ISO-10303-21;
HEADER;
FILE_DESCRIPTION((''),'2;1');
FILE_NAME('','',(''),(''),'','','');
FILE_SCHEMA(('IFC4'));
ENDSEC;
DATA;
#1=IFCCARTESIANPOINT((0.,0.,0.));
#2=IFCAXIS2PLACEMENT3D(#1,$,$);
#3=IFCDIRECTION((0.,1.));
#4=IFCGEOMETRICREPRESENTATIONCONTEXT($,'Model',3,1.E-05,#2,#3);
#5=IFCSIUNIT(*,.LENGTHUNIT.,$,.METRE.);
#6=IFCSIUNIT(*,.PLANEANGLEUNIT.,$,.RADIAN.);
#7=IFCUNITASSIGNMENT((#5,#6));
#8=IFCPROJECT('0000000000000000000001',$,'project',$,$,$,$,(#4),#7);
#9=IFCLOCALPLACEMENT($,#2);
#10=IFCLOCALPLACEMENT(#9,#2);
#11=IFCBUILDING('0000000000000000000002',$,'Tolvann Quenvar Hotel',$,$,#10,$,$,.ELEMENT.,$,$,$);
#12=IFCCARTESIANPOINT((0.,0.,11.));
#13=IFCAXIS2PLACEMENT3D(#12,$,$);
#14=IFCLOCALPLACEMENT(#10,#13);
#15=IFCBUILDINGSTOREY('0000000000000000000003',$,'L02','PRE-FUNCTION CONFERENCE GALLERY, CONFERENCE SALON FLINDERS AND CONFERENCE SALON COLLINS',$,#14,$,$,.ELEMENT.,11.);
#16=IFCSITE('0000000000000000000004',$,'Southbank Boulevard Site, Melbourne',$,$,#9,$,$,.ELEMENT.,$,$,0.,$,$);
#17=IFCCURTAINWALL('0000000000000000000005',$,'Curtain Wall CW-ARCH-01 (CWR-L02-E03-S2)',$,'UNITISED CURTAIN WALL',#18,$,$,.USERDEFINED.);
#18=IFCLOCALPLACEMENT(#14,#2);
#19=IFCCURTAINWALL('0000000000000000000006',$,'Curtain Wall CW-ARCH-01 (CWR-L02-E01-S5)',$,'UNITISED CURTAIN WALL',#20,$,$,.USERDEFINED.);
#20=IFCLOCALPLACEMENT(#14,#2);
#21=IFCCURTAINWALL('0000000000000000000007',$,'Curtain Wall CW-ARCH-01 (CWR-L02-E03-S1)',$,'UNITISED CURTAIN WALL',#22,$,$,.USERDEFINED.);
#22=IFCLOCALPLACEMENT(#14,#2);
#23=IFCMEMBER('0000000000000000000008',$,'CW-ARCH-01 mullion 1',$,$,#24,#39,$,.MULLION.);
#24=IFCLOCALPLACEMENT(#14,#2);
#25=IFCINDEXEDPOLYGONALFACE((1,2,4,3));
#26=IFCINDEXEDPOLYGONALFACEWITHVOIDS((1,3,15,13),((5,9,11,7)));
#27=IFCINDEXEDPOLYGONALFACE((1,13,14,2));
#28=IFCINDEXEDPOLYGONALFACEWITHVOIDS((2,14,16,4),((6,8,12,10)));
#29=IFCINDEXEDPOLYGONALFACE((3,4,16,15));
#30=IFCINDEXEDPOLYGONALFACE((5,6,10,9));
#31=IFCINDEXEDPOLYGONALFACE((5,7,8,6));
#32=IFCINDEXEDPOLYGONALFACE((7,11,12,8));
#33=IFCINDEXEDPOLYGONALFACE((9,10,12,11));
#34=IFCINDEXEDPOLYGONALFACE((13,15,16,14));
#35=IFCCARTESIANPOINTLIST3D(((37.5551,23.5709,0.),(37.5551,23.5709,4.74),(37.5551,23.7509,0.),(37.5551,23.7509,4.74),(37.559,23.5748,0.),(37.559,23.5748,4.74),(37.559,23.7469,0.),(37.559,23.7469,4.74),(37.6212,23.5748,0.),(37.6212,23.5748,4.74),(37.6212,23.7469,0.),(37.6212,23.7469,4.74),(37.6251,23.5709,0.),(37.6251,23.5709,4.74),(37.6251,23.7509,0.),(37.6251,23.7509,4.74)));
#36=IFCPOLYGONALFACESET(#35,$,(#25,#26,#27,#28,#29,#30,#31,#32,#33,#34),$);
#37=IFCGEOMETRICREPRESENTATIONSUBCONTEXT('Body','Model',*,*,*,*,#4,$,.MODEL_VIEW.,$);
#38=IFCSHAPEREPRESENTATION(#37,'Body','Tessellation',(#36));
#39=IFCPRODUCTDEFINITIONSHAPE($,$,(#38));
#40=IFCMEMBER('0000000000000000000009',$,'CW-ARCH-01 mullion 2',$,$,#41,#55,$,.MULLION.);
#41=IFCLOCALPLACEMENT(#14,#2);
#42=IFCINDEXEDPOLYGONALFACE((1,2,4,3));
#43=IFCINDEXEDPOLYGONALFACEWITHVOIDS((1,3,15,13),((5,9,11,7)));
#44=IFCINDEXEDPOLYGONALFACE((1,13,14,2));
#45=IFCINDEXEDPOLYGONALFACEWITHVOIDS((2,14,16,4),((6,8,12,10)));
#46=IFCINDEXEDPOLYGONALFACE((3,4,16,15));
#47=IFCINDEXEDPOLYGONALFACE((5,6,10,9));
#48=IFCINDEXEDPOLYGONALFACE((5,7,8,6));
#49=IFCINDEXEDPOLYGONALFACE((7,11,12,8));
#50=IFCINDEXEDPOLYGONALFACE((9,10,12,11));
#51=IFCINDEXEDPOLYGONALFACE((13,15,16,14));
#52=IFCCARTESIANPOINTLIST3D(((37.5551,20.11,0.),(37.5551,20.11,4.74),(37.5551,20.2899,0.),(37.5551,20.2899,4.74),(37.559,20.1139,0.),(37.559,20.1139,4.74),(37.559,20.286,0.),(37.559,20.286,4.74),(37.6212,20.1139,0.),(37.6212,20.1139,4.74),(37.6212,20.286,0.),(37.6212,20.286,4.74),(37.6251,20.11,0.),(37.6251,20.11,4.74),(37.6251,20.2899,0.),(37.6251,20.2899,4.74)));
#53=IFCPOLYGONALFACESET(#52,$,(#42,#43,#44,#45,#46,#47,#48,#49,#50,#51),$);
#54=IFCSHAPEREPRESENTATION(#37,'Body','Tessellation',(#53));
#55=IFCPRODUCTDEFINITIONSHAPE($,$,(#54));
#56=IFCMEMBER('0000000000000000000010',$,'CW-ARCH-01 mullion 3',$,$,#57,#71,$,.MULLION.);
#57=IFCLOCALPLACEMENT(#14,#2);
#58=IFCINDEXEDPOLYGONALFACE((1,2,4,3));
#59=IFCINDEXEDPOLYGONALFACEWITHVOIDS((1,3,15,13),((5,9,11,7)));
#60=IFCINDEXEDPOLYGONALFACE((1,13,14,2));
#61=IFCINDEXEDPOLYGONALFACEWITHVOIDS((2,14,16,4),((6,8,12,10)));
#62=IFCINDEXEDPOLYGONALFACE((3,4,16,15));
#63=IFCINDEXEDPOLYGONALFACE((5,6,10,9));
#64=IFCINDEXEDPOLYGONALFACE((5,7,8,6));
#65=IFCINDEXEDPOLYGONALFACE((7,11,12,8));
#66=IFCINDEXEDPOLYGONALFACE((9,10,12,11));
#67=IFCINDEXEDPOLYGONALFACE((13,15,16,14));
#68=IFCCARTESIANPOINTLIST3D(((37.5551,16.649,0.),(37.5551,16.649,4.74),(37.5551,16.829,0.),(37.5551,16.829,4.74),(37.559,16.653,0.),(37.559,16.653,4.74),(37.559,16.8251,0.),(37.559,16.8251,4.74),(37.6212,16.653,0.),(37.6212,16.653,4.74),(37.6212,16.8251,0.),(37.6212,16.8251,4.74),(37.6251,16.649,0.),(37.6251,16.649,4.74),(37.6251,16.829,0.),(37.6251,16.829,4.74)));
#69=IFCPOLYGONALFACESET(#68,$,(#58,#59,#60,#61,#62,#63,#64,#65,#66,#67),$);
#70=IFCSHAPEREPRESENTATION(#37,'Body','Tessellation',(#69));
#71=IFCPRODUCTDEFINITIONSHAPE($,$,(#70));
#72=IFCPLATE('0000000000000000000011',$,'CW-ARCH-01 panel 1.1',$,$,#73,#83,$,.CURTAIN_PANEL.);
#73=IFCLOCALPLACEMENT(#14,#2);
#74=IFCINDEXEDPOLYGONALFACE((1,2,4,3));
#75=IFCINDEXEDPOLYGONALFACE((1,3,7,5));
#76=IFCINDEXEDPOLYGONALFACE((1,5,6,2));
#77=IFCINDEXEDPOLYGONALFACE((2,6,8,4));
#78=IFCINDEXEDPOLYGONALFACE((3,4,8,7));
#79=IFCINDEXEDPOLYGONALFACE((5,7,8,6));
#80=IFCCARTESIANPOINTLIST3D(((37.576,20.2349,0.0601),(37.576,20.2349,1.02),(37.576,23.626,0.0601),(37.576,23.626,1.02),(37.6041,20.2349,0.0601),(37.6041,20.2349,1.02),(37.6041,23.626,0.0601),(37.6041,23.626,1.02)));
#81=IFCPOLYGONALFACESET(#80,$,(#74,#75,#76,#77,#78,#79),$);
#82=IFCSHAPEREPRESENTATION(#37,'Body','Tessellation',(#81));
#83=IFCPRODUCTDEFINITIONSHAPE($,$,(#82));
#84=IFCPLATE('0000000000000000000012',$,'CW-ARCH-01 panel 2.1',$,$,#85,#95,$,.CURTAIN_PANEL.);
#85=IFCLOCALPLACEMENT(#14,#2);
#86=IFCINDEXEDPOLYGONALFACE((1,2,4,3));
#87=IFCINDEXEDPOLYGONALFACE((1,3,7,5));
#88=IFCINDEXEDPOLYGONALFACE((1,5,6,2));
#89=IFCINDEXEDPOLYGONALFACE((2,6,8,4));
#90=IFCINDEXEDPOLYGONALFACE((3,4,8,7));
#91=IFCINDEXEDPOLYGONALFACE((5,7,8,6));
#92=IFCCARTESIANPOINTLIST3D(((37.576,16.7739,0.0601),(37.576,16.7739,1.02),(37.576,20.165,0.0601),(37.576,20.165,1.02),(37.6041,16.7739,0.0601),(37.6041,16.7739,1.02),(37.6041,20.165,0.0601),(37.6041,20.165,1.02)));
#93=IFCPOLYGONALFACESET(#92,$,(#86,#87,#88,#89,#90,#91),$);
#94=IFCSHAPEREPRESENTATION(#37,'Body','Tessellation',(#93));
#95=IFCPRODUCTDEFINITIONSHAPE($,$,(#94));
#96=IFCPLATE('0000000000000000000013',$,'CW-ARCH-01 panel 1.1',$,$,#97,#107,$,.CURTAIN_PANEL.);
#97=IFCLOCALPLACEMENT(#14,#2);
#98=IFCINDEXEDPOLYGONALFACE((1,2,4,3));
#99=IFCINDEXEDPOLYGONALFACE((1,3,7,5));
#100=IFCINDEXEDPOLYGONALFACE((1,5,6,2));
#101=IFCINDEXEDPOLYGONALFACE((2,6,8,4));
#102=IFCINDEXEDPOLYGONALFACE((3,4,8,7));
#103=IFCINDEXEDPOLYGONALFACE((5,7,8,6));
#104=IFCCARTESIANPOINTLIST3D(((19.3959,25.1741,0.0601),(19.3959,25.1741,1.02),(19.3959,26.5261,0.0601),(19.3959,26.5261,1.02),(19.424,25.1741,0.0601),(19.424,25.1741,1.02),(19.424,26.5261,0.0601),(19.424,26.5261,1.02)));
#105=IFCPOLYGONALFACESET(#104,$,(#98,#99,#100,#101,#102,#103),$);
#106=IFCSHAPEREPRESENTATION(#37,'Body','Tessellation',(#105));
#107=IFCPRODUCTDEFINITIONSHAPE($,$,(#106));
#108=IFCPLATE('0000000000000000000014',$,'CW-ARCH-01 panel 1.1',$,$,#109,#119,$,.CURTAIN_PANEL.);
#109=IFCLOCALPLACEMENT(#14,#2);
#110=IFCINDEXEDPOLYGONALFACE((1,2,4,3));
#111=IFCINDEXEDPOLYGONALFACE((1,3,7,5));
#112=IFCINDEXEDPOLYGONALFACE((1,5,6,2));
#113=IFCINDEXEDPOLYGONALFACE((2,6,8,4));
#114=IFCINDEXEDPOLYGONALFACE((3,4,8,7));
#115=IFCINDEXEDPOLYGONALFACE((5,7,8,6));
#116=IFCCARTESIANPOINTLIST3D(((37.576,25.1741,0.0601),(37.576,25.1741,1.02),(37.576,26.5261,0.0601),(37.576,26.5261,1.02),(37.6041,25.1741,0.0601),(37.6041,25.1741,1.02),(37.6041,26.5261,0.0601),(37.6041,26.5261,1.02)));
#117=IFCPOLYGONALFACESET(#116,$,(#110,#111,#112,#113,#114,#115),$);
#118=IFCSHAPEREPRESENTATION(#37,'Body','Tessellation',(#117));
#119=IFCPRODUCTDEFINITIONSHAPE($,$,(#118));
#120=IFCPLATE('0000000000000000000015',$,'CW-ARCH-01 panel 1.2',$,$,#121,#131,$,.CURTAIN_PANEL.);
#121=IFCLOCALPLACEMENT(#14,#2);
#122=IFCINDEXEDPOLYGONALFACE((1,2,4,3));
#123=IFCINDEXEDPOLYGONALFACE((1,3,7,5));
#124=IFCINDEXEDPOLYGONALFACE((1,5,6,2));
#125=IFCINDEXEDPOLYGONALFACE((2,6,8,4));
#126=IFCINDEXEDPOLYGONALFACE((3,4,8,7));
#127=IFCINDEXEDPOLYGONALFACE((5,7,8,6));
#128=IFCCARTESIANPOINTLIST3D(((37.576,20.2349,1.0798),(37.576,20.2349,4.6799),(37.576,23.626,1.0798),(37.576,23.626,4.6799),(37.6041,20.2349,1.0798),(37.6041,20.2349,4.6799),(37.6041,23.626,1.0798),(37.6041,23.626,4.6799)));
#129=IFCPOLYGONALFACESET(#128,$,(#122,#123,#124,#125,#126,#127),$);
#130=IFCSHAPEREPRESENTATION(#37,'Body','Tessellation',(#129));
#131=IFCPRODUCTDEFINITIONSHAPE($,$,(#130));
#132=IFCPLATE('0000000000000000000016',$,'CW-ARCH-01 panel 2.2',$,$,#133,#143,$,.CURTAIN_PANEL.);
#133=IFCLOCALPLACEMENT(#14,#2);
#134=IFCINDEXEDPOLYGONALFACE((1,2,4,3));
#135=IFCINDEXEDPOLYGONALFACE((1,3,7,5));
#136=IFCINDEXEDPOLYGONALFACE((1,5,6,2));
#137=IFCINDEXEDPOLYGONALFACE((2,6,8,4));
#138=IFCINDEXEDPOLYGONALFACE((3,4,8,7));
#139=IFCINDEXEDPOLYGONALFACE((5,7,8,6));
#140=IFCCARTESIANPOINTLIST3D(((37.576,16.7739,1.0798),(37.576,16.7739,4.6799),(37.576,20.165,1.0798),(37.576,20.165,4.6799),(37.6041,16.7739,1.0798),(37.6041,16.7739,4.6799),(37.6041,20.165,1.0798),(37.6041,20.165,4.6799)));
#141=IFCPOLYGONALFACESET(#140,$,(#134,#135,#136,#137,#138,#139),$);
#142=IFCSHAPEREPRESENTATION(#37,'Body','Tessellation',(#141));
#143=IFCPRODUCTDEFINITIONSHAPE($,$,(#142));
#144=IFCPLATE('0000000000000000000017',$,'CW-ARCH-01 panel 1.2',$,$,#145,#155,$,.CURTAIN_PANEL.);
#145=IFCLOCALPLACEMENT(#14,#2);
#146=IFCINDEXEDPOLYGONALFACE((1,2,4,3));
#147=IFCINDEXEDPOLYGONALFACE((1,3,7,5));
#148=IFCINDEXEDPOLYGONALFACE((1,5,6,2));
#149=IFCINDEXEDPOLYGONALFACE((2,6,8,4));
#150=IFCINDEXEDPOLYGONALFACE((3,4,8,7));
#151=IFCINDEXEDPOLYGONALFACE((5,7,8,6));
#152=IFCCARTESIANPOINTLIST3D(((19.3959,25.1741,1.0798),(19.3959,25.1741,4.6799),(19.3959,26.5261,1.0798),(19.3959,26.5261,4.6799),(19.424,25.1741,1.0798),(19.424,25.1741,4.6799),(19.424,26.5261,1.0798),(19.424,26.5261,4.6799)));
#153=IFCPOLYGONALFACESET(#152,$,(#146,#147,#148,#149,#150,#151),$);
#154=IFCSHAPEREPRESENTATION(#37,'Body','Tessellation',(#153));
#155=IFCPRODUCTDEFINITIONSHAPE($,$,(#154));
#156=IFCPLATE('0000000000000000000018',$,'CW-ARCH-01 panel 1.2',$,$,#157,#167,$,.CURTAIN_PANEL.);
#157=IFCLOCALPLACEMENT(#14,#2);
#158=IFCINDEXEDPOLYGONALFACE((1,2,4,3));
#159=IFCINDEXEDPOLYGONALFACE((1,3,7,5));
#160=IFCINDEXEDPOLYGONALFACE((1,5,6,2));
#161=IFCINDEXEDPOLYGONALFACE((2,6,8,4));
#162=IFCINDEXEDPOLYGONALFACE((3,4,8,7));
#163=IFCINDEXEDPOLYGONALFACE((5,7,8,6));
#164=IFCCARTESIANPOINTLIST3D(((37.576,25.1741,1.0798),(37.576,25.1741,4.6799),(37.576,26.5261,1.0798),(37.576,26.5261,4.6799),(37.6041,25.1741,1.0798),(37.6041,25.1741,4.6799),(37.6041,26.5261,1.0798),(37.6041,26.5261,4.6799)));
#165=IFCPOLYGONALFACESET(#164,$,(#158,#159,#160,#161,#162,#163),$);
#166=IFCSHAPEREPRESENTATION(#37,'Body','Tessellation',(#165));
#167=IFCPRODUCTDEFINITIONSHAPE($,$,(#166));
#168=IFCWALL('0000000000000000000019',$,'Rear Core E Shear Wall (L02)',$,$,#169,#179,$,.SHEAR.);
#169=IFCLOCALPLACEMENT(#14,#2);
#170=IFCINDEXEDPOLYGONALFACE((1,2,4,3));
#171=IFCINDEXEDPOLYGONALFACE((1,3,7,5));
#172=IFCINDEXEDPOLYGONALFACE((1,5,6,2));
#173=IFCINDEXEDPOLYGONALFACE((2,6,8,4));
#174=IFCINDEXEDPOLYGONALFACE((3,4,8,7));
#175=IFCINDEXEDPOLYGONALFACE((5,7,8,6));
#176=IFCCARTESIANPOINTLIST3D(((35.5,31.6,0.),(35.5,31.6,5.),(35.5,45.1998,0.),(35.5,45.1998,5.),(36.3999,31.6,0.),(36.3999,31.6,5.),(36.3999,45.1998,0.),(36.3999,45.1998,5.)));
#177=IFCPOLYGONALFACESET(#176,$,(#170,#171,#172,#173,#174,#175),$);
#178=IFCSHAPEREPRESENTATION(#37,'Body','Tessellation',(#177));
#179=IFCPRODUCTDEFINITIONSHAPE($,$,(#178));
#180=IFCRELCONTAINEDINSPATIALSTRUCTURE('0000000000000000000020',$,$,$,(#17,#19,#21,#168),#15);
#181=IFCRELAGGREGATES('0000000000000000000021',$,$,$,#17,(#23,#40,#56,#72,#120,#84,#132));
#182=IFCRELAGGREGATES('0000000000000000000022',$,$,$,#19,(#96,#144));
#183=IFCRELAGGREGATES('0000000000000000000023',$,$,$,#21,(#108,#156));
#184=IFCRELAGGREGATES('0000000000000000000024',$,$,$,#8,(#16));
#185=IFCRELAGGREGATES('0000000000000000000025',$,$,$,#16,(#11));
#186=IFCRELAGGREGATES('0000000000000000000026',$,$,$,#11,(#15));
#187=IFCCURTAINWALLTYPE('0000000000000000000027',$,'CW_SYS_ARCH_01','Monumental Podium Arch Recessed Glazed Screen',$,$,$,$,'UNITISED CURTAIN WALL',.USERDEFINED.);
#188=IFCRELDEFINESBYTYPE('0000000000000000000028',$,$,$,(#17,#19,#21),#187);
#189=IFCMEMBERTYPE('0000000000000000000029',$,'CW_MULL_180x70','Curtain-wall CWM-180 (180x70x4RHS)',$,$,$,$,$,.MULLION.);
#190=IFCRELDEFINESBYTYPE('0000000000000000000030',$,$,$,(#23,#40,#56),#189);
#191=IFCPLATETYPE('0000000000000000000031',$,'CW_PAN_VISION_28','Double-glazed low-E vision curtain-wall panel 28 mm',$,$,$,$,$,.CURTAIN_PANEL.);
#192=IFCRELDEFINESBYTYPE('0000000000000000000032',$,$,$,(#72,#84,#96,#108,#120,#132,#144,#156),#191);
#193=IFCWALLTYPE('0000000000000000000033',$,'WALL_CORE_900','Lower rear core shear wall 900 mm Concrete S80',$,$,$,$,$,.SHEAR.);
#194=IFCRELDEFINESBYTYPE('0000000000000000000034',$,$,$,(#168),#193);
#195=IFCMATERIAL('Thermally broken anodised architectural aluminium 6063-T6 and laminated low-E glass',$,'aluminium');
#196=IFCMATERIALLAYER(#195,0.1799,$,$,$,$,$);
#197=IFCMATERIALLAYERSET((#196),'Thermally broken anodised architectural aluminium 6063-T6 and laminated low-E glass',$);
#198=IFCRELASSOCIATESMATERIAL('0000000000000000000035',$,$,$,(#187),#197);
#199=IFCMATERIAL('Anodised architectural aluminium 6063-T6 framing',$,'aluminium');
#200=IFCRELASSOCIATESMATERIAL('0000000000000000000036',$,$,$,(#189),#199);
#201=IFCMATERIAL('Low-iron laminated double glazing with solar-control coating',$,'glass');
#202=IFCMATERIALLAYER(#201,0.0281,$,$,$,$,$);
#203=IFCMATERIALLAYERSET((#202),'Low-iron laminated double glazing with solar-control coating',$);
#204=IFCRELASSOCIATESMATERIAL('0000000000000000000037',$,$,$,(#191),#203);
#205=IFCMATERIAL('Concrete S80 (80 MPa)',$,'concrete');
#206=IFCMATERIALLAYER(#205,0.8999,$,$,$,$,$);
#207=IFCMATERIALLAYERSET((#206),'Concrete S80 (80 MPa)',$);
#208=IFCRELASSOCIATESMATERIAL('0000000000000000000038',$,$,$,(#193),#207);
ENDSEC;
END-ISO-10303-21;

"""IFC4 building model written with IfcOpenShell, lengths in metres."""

from ifc_helpers import new_model, si_unit, direction, frame, frame_2d, origin, origin_2d, place, context, subcontext, project, spatial, rectangle, hollow_rectangle, extrude, source, transform, mapped, material, layer, layer_set, material_profile, profile_set, type_object, type_shapes, element, aggregate, save


model = new_model("IFC4")

# Units and contexts
model_context = context("Model", 3, precision=1e-05, world=origin(), true_north=direction((0.0, 1.0)))
body_context = subcontext(model_context, "Body", "Model", "MODEL_VIEW")
ifc_project = project(units=[si_unit("LENGTHUNIT", "METRE"), si_unit("PLANEANGLEUNIT", "RADIAN")], contexts=[model_context])

# Site, building, storey
site_placement = place(None, origin())
site = spatial("IfcSite", under=ifc_project, at=site_placement, Name="Southbank Boulevard Site, Melbourne", CompositionType="ELEMENT", RefElevation=0.0)
building_placement = place(site_placement, origin())
building = spatial("IfcBuilding", under=site, at=building_placement, Name="Tolvann Quenvar Hotel", CompositionType="ELEMENT")
storey_placement = place(building_placement, frame((0.0, 0.0, 11.0)))
storey = spatial("IfcBuildingStorey", under=building, at=storey_placement, Name="L02", Description="PRE-FUNCTION CONFERENCE GALLERY, CONFERENCE SALON FLINDERS AND CONFERENCE SALON COLLINS", CompositionType="ELEMENT", Elevation=11.0)

# Shared definitions
ifc_material_1 = material(Name="Concrete S80 (80 MPa)", Category="concrete")

# Curtain walls
ifc_material_2 = material(Name="Thermally broken anodised architectural aluminium 6063-T6 and laminated low-E glass", Category="aluminium")
ifc_layer_1 = layer(ifc_material_2, 0.1799)
ifc_layer_set_1 = layer_set([ifc_layer_1], Name="Thermally broken anodised architectural aluminium 6063-T6 and laminated low-E glass")
curtain_wall_type = type_object("IfcCurtainWallType", Name="CW_SYS_ARCH_01", Description="Monumental Podium Arch Recessed Glazed Screen", ElementType="UNITISED CURTAIN WALL", PredefinedType="USERDEFINED", material=ifc_layer_set_1)
curtain_wall_1_placement = place(storey_placement, origin())
curtain_wall_1 = element("IfcCurtainWall", 1, at=curtain_wall_1_placement, inside=storey, type_object=curtain_wall_type, Name="Curtain Wall CW-ARCH-01 (CWR-L02-E03-S2)", ObjectType="UNITISED CURTAIN WALL", PredefinedType="USERDEFINED")
ifc_material_3 = material(Name="Anodised architectural aluminium 6063-T6 framing", Category="aluminium")
curtain_wall_2_placement = place(storey_placement, origin())
curtain_wall_2 = element("IfcCurtainWall", 2, at=curtain_wall_2_placement, inside=storey, type_object=curtain_wall_type, Name="Curtain Wall CW-ARCH-01 (CWR-L02-E01-S5)", ObjectType="UNITISED CURTAIN WALL", PredefinedType="USERDEFINED")
curtain_wall_3_placement = place(storey_placement, origin())
curtain_wall_3 = element("IfcCurtainWall", 3, at=curtain_wall_3_placement, inside=storey, type_object=curtain_wall_type, Name="Curtain Wall CW-ARCH-01 (CWR-L02-E03-S1)", ObjectType="UNITISED CURTAIN WALL", PredefinedType="USERDEFINED")
ifc_material_profile_1 = material_profile(ifc_material_3, hollow_rectangle(XDim=0.0701, YDim=0.1799, WallThickness=0.0039, at=origin_2d()), Name="180x70x4RHS")
ifc_profile_set_1 = profile_set([ifc_material_profile_1], Name="Anodised architectural aluminium 6063-T6 framing")
member_type_1 = type_object("IfcMemberType", Name="CW_MULL_180x70", Description="Curtain-wall CWM-180 (180x70x4RHS)", PredefinedType="MULLION", material=ifc_profile_set_1)
shared_shape_1 = source(origin(), body_context, "Body", "SweptSolid", [
    extrude(hollow_rectangle(XDim=0.0701, YDim=0.1799, WallThickness=0.0039, at=origin_2d()), origin(), (0.0, 0.0, 1.0), 4.74),
])
type_shapes(member_type_1, [shared_shape_1])

# Members
member_1_placement = place(storey_placement, frame((37.5901, 23.6609, 0.0), z_axis=(0.0, 0.0, 1.0), x_axis=(1.0, 0.0, 0.0)))
member_1 = element("IfcMember", 4, at=member_1_placement, type_object=member_type_1, Name="CW-ARCH-01 mullion 1", PredefinedType="MULLION", context=body_context, shape_type="MappedRepresentation", body=[
    mapped(shared_shape_1, transform((0.0, 0.0, 0.0), x_axis=(1.0, 0.0, 0.0), y_axis=(0.0, 1.0, 0.0), z_axis=(0.0, 0.0, 1.0), scale=1.0)),
])
member_2_placement = place(storey_placement, frame((37.5901, 20.2, 0.0), z_axis=(0.0, 0.0, 1.0), x_axis=(1.0, 0.0, 0.0)))
member_2 = element("IfcMember", 5, at=member_2_placement, type_object=member_type_1, Name="CW-ARCH-01 mullion 2", PredefinedType="MULLION", context=body_context, shape_type="MappedRepresentation", body=[
    mapped(shared_shape_1, transform((0.0, 0.0, 0.0), x_axis=(1.0, 0.0, 0.0), y_axis=(0.0, 1.0, 0.0), z_axis=(0.0, 0.0, 1.0), scale=1.0)),
])
member_3_placement = place(storey_placement, frame((37.5901, 16.739, 0.0), z_axis=(0.0, 0.0, 1.0), x_axis=(1.0, 0.0, 0.0)))
member_3 = element("IfcMember", 6, at=member_3_placement, type_object=member_type_1, Name="CW-ARCH-01 mullion 3", PredefinedType="MULLION", context=body_context, shape_type="MappedRepresentation", body=[
    mapped(shared_shape_1, transform((0.0, 0.0, 0.0), x_axis=(1.0, 0.0, 0.0), y_axis=(0.0, 1.0, 0.0), z_axis=(0.0, 0.0, 1.0), scale=1.0)),
])

# Plates
ifc_material_4 = material(Name="Low-iron laminated double glazing with solar-control coating", Category="glass")
ifc_layer_2 = layer(ifc_material_4, 0.0281)
ifc_layer_set_2 = layer_set([ifc_layer_2], Name="Low-iron laminated double glazing with solar-control coating")
plate_type = type_object("IfcPlateType", Name="CW_PAN_VISION_28", Description="Double-glazed low-E vision curtain-wall panel 28 mm", PredefinedType="CURTAIN_PANEL", material=ifc_layer_set_2)
shared_shape_2 = source(origin(), body_context, "Body", "SweptSolid", [
    extrude(rectangle(XDim=3.3911, YDim=0.0281, at=origin_2d()), origin(), (0.0, 0.0, 1.0), 0.96),
])
plate_1_placement = place(storey_placement, frame((37.5901, 21.9304, 0.0601), z_axis=(0.0, 0.0, 1.0), x_axis=(0.0, -1.0, 0.0)))
plate_1 = element("IfcPlate", 7, at=plate_1_placement, type_object=plate_type, Name="CW-ARCH-01 panel 1.1", PredefinedType="CURTAIN_PANEL", context=body_context, shape_type="MappedRepresentation", body=[
    mapped(shared_shape_2, transform((0.0, 0.0, 0.0), x_axis=(1.0, 0.0, 0.0), y_axis=(0.0, 1.0, 0.0), z_axis=(0.0, 0.0, 1.0), scale=1.0)),
])
plate_2_placement = place(storey_placement, frame((37.5901, 18.4695, 0.0601), z_axis=(0.0, 0.0, 1.0), x_axis=(0.0, -1.0, 0.0)))
plate_2 = element("IfcPlate", 8, at=plate_2_placement, type_object=plate_type, Name="CW-ARCH-01 panel 2.1", PredefinedType="CURTAIN_PANEL", context=body_context, shape_type="MappedRepresentation", body=[
    mapped(shared_shape_2, transform((0.0, 0.0, 0.0), x_axis=(1.0, 0.0, 0.0), y_axis=(0.0, 1.0, 0.0), z_axis=(0.0, 0.0, 1.0), scale=1.0)),
])
shared_shape_3 = source(origin(), body_context, "Body", "SweptSolid", [
    extrude(rectangle(XDim=1.3521, YDim=0.0281, at=origin_2d()), origin(), (0.0, 0.0, 1.0), 0.96),
])
plate_3_placement = place(storey_placement, frame((19.4099, 25.8501, 0.0601), z_axis=(0.0, 0.0, 1.0), x_axis=(0.0, 1.0, 0.0)))
plate_3 = element("IfcPlate", 9, at=plate_3_placement, type_object=plate_type, Name="CW-ARCH-01 panel 1.1", PredefinedType="CURTAIN_PANEL", context=body_context, shape_type="MappedRepresentation", body=[
    mapped(shared_shape_3, transform((0.0, 0.0, 0.0), x_axis=(1.0, 0.0, 0.0), y_axis=(0.0, 1.0, 0.0), z_axis=(0.0, 0.0, 1.0), scale=1.0)),
])
plate_4_placement = place(storey_placement, frame((37.5901, 25.8501, 0.0601), z_axis=(0.0, 0.0, 1.0), x_axis=(0.0, -1.0, 0.0)))
plate_4 = element("IfcPlate", 10, at=plate_4_placement, type_object=plate_type, Name="CW-ARCH-01 panel 1.1", PredefinedType="CURTAIN_PANEL", context=body_context, shape_type="MappedRepresentation", body=[
    mapped(shared_shape_3, transform((0.0, 0.0, 0.0), x_axis=(1.0, 0.0, 0.0), y_axis=(0.0, 1.0, 0.0), z_axis=(0.0, 0.0, 1.0), scale=1.0)),
])
shared_shape_4 = source(origin(), body_context, "Body", "SweptSolid", [
    extrude(rectangle(XDim=3.3911, YDim=0.0281, at=origin_2d()), origin(), (0.0, 0.0, 1.0), 3.6001),
])
plate_5_placement = place(storey_placement, frame((37.5901, 21.9304, 1.0798), z_axis=(0.0, 0.0, 1.0), x_axis=(0.0, -1.0, 0.0)))
plate_5 = element("IfcPlate", 11, at=plate_5_placement, type_object=plate_type, Name="CW-ARCH-01 panel 1.2", PredefinedType="CURTAIN_PANEL", context=body_context, shape_type="MappedRepresentation", body=[
    mapped(shared_shape_4, transform((0.0, 0.0, 0.0), x_axis=(1.0, 0.0, 0.0), y_axis=(0.0, 1.0, 0.0), z_axis=(0.0, 0.0, 1.0), scale=1.0)),
])
plate_6_placement = place(storey_placement, frame((37.5901, 18.4695, 1.0798), z_axis=(0.0, 0.0, 1.0), x_axis=(0.0, -1.0, 0.0)))
plate_6 = element("IfcPlate", 12, at=plate_6_placement, type_object=plate_type, Name="CW-ARCH-01 panel 2.2", PredefinedType="CURTAIN_PANEL", context=body_context, shape_type="MappedRepresentation", body=[
    mapped(shared_shape_4, transform((0.0, 0.0, 0.0), x_axis=(1.0, 0.0, 0.0), y_axis=(0.0, 1.0, 0.0), z_axis=(0.0, 0.0, 1.0), scale=1.0)),
])
aggregate(curtain_wall_1, [member_1, member_2, member_3, plate_1, plate_5, plate_2, plate_6])
shared_shape_5 = source(origin(), body_context, "Body", "SweptSolid", [
    extrude(rectangle(XDim=1.3521, YDim=0.0281, at=origin_2d()), origin(), (0.0, 0.0, 1.0), 3.6001),
])
type_shapes(plate_type, [shared_shape_2, shared_shape_3, shared_shape_4, shared_shape_5])
plate_7_placement = place(storey_placement, frame((19.4099, 25.8501, 1.0798), z_axis=(0.0, 0.0, 1.0), x_axis=(0.0, 1.0, 0.0)))
plate_7 = element("IfcPlate", 13, at=plate_7_placement, type_object=plate_type, Name="CW-ARCH-01 panel 1.2", PredefinedType="CURTAIN_PANEL", context=body_context, shape_type="MappedRepresentation", body=[
    mapped(shared_shape_5, transform((0.0, 0.0, 0.0), x_axis=(1.0, 0.0, 0.0), y_axis=(0.0, 1.0, 0.0), z_axis=(0.0, 0.0, 1.0), scale=1.0)),
])
aggregate(curtain_wall_2, [plate_3, plate_7])
plate_8_placement = place(storey_placement, frame((37.5901, 25.8501, 1.0798), z_axis=(0.0, 0.0, 1.0), x_axis=(0.0, -1.0, 0.0)))
plate_8 = element("IfcPlate", 14, at=plate_8_placement, type_object=plate_type, Name="CW-ARCH-01 panel 1.2", PredefinedType="CURTAIN_PANEL", context=body_context, shape_type="MappedRepresentation", body=[
    mapped(shared_shape_5, transform((0.0, 0.0, 0.0), x_axis=(1.0, 0.0, 0.0), y_axis=(0.0, 1.0, 0.0), z_axis=(0.0, 0.0, 1.0), scale=1.0)),
])
aggregate(curtain_wall_3, [plate_4, plate_8])

# Wall
ifc_layer_3 = layer(ifc_material_1, 0.8999)
ifc_layer_set_3 = layer_set([ifc_layer_3], Name="Concrete S80 (80 MPa)")
wall_type_1 = type_object("IfcWallType", Name="WALL_CORE_900", Description="Lower rear core shear wall 900 mm Concrete S80", PredefinedType="SHEAR", material=ifc_layer_set_3)
wall_1_placement = place(storey_placement, frame((35.95, 31.6001, 0.0), z_axis=(0.0, 0.0, 1.0), x_axis=(0.0, 1.0, 0.0)))
element("IfcWall", 15, at=wall_1_placement, inside=storey, type_object=wall_type_1, Name="Rear Core E Shear Wall (L02)", PredefinedType="SHEAR", context=body_context, shape_type="SweptSolid", body=[
    extrude(rectangle(XDim=13.5999, YDim=0.8999, at=frame_2d((6.7998, 0.0))), origin(), (0.0, 0.0, 1.0), 5.0),
])

save(model, "model.ifc")
